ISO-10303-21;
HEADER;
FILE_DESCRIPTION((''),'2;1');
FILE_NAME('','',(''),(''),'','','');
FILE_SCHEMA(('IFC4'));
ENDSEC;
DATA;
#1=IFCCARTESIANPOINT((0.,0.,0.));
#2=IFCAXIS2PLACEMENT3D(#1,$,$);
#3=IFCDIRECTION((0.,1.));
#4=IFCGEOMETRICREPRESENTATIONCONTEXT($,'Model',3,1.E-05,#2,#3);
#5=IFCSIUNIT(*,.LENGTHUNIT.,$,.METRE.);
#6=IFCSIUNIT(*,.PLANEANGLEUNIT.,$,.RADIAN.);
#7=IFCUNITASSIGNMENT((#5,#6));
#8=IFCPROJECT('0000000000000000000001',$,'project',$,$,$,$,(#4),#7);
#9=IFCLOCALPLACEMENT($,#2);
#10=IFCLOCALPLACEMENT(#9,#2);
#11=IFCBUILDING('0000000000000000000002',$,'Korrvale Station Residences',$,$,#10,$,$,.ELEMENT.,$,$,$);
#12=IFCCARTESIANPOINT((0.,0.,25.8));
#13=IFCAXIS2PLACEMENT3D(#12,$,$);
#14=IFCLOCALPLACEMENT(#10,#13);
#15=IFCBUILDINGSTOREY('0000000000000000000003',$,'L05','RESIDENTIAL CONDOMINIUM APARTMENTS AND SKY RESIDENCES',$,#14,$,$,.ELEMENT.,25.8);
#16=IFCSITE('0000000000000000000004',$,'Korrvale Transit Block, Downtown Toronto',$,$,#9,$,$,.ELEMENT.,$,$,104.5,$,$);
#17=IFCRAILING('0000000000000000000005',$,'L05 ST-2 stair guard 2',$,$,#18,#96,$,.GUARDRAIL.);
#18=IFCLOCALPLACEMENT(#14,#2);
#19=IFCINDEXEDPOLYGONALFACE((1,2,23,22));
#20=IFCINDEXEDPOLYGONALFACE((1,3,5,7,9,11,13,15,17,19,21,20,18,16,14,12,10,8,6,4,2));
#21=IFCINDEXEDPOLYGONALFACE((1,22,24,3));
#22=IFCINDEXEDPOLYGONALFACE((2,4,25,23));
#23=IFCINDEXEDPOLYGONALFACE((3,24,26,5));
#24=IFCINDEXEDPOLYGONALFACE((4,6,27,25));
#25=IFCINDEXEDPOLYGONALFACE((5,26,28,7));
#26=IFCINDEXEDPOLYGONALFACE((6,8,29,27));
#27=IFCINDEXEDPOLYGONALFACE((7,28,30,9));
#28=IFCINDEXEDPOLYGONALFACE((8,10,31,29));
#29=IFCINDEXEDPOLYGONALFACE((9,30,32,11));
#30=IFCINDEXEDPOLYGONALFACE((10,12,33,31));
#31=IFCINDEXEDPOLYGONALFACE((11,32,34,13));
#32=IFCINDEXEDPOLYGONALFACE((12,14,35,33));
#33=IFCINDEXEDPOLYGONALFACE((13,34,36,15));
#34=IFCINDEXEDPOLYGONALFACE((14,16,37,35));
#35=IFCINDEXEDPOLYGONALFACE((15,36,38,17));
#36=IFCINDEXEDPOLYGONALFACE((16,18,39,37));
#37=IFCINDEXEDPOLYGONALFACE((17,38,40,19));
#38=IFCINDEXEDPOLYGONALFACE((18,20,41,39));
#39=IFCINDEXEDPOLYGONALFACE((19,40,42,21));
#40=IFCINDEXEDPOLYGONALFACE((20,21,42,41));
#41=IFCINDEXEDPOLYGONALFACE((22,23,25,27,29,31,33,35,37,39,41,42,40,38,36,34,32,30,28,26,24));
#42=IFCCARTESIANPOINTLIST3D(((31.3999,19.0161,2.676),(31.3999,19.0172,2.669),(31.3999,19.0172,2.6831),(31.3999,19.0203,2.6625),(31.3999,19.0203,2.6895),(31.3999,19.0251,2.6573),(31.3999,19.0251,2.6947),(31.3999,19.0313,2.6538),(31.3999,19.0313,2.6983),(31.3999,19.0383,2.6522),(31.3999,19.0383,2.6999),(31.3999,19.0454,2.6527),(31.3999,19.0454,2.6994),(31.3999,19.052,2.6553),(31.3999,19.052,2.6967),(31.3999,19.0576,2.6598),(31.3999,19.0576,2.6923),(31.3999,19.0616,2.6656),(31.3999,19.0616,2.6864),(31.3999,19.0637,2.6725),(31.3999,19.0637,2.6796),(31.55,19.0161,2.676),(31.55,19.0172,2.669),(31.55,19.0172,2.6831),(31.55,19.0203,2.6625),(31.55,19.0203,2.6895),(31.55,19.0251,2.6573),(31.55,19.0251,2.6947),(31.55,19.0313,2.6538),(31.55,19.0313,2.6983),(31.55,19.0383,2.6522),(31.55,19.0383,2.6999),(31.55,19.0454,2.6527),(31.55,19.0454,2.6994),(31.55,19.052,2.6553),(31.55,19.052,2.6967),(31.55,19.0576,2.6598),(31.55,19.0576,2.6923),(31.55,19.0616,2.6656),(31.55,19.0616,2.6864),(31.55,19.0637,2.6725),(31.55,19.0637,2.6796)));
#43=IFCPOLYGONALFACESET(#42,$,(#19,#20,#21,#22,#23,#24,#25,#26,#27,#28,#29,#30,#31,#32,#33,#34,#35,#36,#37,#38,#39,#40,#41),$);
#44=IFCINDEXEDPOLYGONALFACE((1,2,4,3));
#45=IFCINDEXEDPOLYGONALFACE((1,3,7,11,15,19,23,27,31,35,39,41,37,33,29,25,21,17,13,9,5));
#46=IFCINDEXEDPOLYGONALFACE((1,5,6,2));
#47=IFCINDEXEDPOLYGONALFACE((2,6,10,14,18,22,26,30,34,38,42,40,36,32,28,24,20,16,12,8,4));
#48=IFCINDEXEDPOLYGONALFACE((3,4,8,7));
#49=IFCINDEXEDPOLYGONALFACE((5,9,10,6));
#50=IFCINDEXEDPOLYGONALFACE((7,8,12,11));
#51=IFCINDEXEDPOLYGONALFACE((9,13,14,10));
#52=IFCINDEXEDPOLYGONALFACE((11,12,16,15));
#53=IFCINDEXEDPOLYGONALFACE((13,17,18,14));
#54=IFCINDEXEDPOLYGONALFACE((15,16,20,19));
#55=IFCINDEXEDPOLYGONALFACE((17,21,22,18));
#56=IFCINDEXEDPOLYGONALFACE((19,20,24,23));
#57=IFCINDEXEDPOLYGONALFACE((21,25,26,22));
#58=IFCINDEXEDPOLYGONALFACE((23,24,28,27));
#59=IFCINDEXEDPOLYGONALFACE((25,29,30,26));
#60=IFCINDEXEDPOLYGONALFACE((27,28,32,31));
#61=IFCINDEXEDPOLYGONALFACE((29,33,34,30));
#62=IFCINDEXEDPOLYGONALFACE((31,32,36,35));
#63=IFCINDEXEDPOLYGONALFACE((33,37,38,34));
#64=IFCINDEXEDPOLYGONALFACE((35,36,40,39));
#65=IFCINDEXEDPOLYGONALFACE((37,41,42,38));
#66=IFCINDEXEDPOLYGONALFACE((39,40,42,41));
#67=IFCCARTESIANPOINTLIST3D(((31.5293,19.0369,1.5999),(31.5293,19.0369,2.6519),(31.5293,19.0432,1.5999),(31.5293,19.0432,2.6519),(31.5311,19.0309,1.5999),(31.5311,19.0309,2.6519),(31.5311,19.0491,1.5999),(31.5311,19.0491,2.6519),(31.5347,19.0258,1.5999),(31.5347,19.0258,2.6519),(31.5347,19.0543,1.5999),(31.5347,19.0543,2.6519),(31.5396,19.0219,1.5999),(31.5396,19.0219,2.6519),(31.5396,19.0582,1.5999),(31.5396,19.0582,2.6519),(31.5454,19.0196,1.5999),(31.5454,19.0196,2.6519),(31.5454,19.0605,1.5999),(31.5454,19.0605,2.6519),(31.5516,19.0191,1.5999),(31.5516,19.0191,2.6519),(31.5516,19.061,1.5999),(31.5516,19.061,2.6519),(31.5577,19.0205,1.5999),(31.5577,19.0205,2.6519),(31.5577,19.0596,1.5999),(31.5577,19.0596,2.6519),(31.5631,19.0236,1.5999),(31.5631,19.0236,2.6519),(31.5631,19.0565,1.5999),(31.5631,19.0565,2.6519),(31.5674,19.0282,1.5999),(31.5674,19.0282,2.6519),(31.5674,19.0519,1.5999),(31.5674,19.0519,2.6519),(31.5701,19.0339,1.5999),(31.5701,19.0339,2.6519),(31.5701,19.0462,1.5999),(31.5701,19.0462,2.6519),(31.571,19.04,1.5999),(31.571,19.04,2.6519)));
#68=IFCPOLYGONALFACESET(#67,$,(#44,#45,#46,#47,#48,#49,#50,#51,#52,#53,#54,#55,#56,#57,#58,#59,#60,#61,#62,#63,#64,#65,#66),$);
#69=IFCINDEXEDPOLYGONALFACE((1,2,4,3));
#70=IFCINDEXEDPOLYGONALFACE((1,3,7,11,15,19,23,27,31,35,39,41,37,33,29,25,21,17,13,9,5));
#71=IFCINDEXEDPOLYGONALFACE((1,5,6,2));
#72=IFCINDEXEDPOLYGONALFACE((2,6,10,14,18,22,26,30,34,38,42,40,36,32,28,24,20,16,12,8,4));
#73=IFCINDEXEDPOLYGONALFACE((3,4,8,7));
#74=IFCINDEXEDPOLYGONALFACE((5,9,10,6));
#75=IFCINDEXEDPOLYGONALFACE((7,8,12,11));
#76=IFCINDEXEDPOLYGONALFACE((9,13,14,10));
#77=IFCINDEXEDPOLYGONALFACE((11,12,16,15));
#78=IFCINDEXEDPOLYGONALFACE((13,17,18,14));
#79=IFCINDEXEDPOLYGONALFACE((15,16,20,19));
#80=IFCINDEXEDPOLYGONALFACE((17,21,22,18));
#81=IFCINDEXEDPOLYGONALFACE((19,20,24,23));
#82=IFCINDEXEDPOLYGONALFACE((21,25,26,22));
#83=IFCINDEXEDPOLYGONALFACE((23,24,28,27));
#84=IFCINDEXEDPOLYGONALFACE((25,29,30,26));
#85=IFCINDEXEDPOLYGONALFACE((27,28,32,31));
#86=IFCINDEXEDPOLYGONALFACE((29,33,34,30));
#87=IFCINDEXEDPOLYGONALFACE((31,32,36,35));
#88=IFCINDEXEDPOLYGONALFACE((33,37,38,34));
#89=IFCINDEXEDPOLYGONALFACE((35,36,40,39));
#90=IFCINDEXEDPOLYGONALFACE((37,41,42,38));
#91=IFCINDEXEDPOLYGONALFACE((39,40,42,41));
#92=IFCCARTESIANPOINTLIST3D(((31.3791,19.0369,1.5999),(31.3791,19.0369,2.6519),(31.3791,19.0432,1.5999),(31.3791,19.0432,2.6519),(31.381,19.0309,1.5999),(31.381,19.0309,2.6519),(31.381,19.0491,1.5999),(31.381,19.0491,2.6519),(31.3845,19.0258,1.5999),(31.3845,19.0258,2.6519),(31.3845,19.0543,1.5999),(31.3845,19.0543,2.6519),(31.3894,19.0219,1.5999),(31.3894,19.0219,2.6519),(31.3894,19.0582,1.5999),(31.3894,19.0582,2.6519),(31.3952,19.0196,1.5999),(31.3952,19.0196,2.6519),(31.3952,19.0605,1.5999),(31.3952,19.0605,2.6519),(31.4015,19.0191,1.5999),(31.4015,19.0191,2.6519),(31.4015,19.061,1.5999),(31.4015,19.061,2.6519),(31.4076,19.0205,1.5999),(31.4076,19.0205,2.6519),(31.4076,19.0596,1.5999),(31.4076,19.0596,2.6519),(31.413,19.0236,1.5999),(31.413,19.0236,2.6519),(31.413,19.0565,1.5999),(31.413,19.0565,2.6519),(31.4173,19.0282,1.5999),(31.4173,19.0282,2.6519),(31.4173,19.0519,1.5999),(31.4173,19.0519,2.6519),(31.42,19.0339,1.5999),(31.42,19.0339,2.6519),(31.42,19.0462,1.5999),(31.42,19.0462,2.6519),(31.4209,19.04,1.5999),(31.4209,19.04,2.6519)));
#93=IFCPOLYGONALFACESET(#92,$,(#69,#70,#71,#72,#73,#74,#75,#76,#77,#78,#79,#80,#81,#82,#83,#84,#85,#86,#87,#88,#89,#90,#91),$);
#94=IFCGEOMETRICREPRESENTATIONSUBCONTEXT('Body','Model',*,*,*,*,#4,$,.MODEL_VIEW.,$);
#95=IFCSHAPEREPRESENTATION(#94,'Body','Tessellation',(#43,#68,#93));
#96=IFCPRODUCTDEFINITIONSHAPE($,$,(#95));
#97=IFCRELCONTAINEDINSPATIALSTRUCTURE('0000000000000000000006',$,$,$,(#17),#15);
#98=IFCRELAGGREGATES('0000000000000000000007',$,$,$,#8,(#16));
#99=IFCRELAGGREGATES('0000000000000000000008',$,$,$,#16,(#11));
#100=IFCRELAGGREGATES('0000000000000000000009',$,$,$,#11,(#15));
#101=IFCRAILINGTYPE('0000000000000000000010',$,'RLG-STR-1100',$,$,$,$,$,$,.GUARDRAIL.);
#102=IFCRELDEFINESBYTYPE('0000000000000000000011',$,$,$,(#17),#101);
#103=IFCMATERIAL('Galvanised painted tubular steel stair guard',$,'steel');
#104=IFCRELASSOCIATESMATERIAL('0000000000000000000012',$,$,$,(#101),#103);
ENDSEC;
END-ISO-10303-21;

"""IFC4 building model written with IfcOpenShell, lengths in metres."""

from ifc_helpers import new_model, si_unit, direction, frame, origin, origin_2d, place, context, subcontext, project, spatial, circle, extrude, material, type_object, element, save


model = new_model("IFC4")

# Units and contexts
model_context = context("Model", 3, precision=1e-05, world=origin(), true_north=direction((0.0, 1.0)))
body_context = subcontext(model_context, "Body", "Model", "MODEL_VIEW")
ifc_project = project(units=[si_unit("LENGTHUNIT", "METRE"), si_unit("PLANEANGLEUNIT", "RADIAN")], contexts=[model_context])

# Site, building, storey
site_placement = place(None, origin())
site = spatial("IfcSite", under=ifc_project, at=site_placement, Name="Korrvale Transit Block, Downtown Toronto", CompositionType="ELEMENT", RefElevation=104.5)
building_placement = place(site_placement, origin())
building = spatial("IfcBuilding", under=site, at=building_placement, Name="Korrvale Station Residences", CompositionType="ELEMENT")
storey_placement = place(building_placement, frame((0.0, 0.0, 25.8)))
storey = spatial("IfcBuildingStorey", under=building, at=storey_placement, Name="L05", Description="RESIDENTIAL CONDOMINIUM APARTMENTS AND SKY RESIDENCES", CompositionType="ELEMENT", Elevation=25.8)

# Railing
ifc_material_1 = material(Name="Galvanised painted tubular steel stair guard", Category="steel")
railing_type_1 = type_object("IfcRailingType", Name="RLG-STR-1100", PredefinedType="GUARDRAIL", material=ifc_material_1)
railing_1_placement = place(storey_placement, frame((31.55, 19.04, 1.5999)))
element("IfcRailing", 1, at=railing_1_placement, inside=storey, type_object=railing_type_1, Name="L05 ST-2 stair guard 2", PredefinedType="GUARDRAIL", context=body_context, shape_type="SweptSolid", body=[
    extrude(circle(Radius=0.0239, at=origin_2d()), frame((0.0, 0.0, 1.0762), z_axis=(-1.0, 0.0, 0.0), x_axis=(0.0, -1.0, 0.0)), (0.0, 0.0, 1.0), 0.1501),
    extrude(circle(Radius=0.021, at=origin_2d()), origin(), (0.0, 0.0, 1.0), 1.052),
    extrude(circle(Radius=0.021, at=origin_2d()), frame((-0.1501, 0.0, 0.0)), (0.0, 0.0, 1.0), 1.052),
])

save(model, "model.ifc")
